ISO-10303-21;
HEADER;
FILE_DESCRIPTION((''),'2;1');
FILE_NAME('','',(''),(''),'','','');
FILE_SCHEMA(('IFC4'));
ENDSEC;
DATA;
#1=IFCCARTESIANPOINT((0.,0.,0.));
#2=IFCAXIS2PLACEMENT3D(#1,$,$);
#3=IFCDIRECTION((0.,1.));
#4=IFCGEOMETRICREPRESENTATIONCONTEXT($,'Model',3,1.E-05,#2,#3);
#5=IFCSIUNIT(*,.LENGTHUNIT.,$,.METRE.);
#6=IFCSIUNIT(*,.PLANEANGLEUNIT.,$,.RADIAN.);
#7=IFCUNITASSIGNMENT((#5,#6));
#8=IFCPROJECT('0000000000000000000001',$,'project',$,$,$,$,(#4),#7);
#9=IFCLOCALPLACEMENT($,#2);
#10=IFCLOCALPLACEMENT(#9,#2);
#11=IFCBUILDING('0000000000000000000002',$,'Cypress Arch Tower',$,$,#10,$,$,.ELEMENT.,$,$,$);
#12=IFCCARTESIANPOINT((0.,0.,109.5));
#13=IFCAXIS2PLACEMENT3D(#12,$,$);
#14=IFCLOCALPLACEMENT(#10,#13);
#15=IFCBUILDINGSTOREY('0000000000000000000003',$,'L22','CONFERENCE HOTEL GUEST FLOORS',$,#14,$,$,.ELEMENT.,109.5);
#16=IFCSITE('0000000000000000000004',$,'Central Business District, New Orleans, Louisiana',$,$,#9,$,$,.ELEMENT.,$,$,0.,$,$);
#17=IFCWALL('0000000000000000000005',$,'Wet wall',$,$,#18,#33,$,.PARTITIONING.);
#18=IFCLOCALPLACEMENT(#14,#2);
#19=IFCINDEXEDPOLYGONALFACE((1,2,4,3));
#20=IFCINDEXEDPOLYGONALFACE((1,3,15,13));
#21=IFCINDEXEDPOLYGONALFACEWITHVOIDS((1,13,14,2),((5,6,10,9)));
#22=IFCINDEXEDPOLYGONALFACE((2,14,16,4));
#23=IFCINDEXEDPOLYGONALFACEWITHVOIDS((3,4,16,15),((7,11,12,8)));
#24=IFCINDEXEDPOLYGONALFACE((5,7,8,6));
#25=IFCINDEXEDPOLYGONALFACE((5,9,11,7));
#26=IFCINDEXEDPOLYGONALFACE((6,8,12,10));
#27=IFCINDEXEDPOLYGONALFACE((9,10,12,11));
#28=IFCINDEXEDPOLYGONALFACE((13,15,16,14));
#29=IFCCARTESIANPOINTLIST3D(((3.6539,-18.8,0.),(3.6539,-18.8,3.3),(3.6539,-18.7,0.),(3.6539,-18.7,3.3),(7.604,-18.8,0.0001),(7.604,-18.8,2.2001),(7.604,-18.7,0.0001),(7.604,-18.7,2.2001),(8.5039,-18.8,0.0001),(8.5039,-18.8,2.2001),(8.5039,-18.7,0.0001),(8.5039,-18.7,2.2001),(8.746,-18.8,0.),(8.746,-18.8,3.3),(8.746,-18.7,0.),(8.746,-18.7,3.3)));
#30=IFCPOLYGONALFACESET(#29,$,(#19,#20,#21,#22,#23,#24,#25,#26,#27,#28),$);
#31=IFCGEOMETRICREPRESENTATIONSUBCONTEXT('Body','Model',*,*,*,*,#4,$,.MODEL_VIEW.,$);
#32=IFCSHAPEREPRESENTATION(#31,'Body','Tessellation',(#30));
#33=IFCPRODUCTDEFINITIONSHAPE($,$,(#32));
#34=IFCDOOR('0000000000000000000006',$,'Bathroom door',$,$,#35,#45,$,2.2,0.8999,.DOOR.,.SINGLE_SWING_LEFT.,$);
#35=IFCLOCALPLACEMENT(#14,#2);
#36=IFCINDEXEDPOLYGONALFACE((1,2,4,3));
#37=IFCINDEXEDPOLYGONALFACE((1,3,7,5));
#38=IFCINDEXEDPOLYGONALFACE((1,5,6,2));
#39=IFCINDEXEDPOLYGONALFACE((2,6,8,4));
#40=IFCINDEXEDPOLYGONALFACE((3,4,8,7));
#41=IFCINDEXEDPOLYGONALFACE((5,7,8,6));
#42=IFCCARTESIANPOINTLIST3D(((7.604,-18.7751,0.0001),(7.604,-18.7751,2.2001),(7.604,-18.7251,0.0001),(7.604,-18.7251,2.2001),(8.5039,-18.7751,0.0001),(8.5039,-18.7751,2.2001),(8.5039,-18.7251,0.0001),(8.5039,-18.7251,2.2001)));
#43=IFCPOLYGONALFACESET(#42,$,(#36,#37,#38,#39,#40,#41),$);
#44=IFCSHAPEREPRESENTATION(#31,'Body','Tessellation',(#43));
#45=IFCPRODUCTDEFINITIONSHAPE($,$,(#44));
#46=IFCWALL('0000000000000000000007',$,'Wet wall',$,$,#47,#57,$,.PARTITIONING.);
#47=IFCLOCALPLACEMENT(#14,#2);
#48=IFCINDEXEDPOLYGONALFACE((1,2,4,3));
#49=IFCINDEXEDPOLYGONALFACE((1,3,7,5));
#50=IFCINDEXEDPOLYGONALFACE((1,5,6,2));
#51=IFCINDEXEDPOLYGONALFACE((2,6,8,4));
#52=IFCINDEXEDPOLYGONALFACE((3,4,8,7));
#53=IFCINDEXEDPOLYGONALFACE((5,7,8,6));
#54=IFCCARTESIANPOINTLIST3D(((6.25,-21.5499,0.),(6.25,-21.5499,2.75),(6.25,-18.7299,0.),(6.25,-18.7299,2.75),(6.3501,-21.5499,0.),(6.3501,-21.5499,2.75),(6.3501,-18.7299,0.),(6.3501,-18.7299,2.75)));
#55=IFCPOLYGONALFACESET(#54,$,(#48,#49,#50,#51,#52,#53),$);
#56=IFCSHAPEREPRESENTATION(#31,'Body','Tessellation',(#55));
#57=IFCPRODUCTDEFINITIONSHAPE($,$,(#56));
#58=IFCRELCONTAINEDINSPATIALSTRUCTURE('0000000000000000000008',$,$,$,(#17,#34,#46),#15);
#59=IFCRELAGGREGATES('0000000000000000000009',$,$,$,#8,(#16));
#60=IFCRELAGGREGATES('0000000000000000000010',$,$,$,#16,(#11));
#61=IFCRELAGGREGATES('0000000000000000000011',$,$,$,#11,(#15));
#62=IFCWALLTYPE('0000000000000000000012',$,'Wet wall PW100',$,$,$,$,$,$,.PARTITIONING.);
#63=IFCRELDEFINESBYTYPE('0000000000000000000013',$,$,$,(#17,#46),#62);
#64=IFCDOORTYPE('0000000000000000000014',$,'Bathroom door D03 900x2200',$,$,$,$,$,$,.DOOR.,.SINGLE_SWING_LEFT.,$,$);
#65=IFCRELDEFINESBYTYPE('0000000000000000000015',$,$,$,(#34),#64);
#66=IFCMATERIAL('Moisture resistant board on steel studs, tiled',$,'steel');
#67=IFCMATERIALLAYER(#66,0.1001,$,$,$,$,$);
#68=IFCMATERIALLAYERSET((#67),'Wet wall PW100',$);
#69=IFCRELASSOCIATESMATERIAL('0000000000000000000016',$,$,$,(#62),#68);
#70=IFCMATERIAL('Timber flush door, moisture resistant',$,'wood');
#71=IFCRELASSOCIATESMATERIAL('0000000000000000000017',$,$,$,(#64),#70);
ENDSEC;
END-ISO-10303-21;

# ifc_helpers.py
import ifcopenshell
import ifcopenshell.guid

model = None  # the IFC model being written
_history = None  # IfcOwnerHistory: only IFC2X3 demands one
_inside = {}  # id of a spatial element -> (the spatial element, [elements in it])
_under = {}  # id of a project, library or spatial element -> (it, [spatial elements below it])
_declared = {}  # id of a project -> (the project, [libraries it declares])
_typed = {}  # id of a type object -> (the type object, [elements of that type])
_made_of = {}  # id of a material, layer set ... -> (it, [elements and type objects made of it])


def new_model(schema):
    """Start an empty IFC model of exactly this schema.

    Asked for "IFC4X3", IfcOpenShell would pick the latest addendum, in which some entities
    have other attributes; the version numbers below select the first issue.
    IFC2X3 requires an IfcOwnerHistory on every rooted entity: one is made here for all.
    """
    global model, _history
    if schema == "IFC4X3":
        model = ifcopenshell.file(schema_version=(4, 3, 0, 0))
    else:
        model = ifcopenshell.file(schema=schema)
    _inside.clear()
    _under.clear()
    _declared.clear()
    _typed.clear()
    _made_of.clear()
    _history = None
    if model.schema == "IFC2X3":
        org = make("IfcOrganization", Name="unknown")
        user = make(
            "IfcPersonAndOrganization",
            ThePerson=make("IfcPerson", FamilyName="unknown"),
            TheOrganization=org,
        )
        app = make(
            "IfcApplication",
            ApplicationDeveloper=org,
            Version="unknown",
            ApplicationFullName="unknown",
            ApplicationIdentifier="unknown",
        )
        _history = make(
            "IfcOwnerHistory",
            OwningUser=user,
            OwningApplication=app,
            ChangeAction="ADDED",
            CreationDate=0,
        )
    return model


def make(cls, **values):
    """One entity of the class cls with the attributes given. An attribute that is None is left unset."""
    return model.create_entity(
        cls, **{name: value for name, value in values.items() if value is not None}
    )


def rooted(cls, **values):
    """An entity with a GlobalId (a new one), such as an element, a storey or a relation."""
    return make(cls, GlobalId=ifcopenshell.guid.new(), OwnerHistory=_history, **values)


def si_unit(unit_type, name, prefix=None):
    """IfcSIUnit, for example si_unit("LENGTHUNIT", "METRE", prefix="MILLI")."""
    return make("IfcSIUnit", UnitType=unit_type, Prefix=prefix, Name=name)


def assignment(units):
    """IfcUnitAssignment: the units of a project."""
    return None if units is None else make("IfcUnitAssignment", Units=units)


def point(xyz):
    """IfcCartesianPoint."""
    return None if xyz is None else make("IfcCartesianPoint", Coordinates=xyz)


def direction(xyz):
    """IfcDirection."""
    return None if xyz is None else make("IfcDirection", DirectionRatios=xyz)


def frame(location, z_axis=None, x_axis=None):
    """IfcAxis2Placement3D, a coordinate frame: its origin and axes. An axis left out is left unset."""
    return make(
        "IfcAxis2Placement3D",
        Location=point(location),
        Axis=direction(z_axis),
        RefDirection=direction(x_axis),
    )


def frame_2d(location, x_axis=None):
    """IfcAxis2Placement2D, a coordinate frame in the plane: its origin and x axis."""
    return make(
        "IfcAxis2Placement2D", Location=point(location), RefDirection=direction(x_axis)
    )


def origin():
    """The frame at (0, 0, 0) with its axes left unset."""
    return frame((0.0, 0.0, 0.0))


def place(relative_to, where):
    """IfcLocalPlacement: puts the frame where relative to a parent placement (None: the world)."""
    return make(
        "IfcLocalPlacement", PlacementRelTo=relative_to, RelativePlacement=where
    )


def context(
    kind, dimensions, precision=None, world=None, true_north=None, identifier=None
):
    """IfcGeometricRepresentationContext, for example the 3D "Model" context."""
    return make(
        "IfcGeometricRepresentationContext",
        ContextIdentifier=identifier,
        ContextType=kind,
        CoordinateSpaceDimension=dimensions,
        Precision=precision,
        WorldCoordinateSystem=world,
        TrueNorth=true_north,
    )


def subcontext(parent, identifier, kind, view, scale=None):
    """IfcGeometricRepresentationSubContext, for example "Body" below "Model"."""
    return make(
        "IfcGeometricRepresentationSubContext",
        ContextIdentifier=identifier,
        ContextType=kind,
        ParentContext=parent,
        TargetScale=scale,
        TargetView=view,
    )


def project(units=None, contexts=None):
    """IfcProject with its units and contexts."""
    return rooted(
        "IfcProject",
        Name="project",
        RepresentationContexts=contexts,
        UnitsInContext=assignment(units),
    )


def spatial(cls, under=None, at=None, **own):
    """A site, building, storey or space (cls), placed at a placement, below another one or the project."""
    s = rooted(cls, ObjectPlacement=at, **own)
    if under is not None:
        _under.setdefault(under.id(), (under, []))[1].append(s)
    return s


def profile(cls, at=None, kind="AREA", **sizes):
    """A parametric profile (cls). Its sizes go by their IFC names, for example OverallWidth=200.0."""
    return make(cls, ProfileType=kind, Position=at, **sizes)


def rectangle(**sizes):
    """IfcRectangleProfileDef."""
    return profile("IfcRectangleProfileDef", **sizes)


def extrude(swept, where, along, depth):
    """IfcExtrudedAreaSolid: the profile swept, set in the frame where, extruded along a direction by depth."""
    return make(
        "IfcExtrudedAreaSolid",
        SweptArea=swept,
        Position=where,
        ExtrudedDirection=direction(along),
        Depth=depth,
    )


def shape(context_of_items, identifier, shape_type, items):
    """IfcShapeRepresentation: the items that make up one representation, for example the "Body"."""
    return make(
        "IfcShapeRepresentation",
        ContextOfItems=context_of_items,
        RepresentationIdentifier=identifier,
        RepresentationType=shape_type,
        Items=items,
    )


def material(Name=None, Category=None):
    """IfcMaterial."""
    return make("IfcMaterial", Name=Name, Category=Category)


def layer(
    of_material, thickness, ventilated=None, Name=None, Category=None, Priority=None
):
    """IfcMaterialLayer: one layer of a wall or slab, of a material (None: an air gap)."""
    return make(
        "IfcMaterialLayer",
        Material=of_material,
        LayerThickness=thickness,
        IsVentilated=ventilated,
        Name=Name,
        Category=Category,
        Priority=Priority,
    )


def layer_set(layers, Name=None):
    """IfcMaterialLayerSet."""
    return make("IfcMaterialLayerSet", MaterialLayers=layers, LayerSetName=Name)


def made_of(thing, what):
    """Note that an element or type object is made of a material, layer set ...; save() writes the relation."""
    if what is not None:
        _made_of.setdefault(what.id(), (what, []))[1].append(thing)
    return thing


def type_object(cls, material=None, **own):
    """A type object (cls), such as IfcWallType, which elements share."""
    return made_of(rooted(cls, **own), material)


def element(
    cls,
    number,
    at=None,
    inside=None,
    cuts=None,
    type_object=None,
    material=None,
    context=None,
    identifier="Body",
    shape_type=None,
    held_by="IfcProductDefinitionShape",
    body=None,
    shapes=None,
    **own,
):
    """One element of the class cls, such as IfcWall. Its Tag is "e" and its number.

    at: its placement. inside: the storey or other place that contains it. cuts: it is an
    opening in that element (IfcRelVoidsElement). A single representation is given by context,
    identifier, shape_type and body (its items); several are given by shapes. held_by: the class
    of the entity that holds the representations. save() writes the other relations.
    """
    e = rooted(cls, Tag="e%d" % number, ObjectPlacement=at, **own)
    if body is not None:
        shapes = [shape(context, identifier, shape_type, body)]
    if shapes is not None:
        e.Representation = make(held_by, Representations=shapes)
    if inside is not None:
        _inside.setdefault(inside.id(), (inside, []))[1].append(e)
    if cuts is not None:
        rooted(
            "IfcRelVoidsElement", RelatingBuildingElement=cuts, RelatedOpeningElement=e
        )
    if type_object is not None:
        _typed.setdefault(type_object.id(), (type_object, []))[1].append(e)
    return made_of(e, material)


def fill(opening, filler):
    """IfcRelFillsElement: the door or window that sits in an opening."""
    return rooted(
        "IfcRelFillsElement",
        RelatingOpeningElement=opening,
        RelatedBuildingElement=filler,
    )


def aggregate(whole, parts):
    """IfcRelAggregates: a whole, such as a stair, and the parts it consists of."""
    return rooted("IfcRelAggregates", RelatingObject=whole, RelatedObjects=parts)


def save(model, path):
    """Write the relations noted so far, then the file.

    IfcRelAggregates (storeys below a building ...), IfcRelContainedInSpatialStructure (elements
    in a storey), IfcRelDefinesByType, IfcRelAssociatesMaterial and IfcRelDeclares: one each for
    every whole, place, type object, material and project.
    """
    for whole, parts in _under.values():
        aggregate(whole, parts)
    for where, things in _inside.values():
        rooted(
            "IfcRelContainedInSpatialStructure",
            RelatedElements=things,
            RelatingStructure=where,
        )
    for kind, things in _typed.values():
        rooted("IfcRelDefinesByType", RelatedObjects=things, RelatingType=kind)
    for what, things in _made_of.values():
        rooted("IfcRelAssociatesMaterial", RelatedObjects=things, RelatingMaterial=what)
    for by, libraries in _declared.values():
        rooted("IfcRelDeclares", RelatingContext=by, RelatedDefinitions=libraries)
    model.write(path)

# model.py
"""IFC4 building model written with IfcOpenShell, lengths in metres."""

from ifc_helpers import new_model, si_unit, direction, frame, frame_2d, origin, place, context, subcontext, project, spatial, rectangle, extrude, material, layer, layer_set, type_object, element, fill, save


model = new_model("IFC4")

# Units and contexts
model_context = context("Model", 3, precision=1e-05, world=origin(), true_north=direction((0.0, 1.0)))
body_context = subcontext(model_context, "Body", "Model", "MODEL_VIEW")
ifc_project = project(units=[si_unit("LENGTHUNIT", "METRE"), si_unit("PLANEANGLEUNIT", "RADIAN")], contexts=[model_context])

# Site, building, storey
site_placement = place(None, origin())
site = spatial("IfcSite", under=ifc_project, at=site_placement, Name="Central Business District, New Orleans, Louisiana", CompositionType="ELEMENT", RefElevation=0.0)
building_placement = place(site_placement, origin())
building = spatial("IfcBuilding", under=site, at=building_placement, Name="Cypress Arch Tower", CompositionType="ELEMENT")
storey_placement = place(building_placement, frame((0.0, 0.0, 109.5)))
storey = spatial("IfcBuildingStorey", under=building, at=storey_placement, Name="L22", Description="CONFERENCE HOTEL GUEST FLOORS", CompositionType="ELEMENT", Elevation=109.5)

# Shared definitions
ifc_material_1 = material(Name="Moisture resistant board on steel studs, tiled", Category="steel")
ifc_layer_1 = layer(ifc_material_1, 0.1001)
ifc_layer_set_1 = layer_set([ifc_layer_1], Name="Wet wall PW100")
wall_type_1 = type_object("IfcWallType", Name="Wet wall PW100", PredefinedType="PARTITIONING", material=ifc_layer_set_1)

# Shared definitions
ifc_material_2 = material(Name="Timber flush door, moisture resistant", Category="wood")
door_type_1 = type_object("IfcDoorType", Name="Bathroom door D03 900x2200", OperationType="SINGLE_SWING_LEFT", PredefinedType="DOOR", material=ifc_material_2)

# Wall, opening, door
wall_1_placement = place(storey_placement, frame((3.6541, -18.75, 0.0), z_axis=(0.0, 0.0, 1.0), x_axis=(1.0, 0.0, 0.0)))
wall_1 = element("IfcWall", 1, at=wall_1_placement, inside=storey, type_object=wall_type_1, Name="Wet wall", PredefinedType="PARTITIONING", context=body_context, shape_type="SweptSolid", body=[
    extrude(rectangle(XDim=5.092, YDim=0.1001, at=frame_2d((2.5459, 0.0))), origin(), (0.0, 0.0, 1.0), 3.3),
])
opening_1_placement = place(wall_1_placement, frame((3.95, 0.0, 0.0)))
opening_1 = element("IfcOpeningElement", 2, at=opening_1_placement, cuts=wall_1, PredefinedType="OPENING", context=body_context, shape_type="SweptSolid", body=[
    extrude(rectangle(XDim=0.8999, YDim=2.2, at=frame_2d((0.45, 1.1001))), frame((0.0, 0.0601, 0.0), z_axis=(0.0, -1.0, 0.0), x_axis=(1.0, 0.0, 0.0)), (0.0, 0.0, 1.0), 0.1201),
])
door_1_placement = place(opening_1_placement, origin())
door_1 = element("IfcDoor", 3, at=door_1_placement, inside=storey, type_object=door_type_1, Name="Bathroom door", OperationType="SINGLE_SWING_LEFT", OverallHeight=2.2, OverallWidth=0.8999, PredefinedType="DOOR", context=body_context, shape_type="SweptSolid", body=[
    extrude(rectangle(XDim=0.8999, YDim=2.2, at=frame_2d((0.45, 1.1001))), frame((0.0, 0.0249, 0.0), z_axis=(0.0, -1.0, 0.0), x_axis=(1.0, 0.0, 0.0)), (0.0, 0.0, 1.0), 0.05),
])
fill(opening_1, door_1)

# Wall
wall_2_placement = place(storey_placement, frame((6.3, -21.55, 0.0), z_axis=(0.0, 0.0, 1.0), x_axis=(0.0, 1.0, 0.0)))
element("IfcWall", 4, at=wall_2_placement, inside=storey, type_object=wall_type_1, Name="Wet wall", PredefinedType="PARTITIONING", context=body_context, shape_type="SweptSolid", body=[
    extrude(rectangle(XDim=2.8201, YDim=0.1001, at=frame_2d((1.4102, 0.0))), origin(), (0.0, 0.0, 1.0), 2.75),
])

save(model, "model.ifc")
